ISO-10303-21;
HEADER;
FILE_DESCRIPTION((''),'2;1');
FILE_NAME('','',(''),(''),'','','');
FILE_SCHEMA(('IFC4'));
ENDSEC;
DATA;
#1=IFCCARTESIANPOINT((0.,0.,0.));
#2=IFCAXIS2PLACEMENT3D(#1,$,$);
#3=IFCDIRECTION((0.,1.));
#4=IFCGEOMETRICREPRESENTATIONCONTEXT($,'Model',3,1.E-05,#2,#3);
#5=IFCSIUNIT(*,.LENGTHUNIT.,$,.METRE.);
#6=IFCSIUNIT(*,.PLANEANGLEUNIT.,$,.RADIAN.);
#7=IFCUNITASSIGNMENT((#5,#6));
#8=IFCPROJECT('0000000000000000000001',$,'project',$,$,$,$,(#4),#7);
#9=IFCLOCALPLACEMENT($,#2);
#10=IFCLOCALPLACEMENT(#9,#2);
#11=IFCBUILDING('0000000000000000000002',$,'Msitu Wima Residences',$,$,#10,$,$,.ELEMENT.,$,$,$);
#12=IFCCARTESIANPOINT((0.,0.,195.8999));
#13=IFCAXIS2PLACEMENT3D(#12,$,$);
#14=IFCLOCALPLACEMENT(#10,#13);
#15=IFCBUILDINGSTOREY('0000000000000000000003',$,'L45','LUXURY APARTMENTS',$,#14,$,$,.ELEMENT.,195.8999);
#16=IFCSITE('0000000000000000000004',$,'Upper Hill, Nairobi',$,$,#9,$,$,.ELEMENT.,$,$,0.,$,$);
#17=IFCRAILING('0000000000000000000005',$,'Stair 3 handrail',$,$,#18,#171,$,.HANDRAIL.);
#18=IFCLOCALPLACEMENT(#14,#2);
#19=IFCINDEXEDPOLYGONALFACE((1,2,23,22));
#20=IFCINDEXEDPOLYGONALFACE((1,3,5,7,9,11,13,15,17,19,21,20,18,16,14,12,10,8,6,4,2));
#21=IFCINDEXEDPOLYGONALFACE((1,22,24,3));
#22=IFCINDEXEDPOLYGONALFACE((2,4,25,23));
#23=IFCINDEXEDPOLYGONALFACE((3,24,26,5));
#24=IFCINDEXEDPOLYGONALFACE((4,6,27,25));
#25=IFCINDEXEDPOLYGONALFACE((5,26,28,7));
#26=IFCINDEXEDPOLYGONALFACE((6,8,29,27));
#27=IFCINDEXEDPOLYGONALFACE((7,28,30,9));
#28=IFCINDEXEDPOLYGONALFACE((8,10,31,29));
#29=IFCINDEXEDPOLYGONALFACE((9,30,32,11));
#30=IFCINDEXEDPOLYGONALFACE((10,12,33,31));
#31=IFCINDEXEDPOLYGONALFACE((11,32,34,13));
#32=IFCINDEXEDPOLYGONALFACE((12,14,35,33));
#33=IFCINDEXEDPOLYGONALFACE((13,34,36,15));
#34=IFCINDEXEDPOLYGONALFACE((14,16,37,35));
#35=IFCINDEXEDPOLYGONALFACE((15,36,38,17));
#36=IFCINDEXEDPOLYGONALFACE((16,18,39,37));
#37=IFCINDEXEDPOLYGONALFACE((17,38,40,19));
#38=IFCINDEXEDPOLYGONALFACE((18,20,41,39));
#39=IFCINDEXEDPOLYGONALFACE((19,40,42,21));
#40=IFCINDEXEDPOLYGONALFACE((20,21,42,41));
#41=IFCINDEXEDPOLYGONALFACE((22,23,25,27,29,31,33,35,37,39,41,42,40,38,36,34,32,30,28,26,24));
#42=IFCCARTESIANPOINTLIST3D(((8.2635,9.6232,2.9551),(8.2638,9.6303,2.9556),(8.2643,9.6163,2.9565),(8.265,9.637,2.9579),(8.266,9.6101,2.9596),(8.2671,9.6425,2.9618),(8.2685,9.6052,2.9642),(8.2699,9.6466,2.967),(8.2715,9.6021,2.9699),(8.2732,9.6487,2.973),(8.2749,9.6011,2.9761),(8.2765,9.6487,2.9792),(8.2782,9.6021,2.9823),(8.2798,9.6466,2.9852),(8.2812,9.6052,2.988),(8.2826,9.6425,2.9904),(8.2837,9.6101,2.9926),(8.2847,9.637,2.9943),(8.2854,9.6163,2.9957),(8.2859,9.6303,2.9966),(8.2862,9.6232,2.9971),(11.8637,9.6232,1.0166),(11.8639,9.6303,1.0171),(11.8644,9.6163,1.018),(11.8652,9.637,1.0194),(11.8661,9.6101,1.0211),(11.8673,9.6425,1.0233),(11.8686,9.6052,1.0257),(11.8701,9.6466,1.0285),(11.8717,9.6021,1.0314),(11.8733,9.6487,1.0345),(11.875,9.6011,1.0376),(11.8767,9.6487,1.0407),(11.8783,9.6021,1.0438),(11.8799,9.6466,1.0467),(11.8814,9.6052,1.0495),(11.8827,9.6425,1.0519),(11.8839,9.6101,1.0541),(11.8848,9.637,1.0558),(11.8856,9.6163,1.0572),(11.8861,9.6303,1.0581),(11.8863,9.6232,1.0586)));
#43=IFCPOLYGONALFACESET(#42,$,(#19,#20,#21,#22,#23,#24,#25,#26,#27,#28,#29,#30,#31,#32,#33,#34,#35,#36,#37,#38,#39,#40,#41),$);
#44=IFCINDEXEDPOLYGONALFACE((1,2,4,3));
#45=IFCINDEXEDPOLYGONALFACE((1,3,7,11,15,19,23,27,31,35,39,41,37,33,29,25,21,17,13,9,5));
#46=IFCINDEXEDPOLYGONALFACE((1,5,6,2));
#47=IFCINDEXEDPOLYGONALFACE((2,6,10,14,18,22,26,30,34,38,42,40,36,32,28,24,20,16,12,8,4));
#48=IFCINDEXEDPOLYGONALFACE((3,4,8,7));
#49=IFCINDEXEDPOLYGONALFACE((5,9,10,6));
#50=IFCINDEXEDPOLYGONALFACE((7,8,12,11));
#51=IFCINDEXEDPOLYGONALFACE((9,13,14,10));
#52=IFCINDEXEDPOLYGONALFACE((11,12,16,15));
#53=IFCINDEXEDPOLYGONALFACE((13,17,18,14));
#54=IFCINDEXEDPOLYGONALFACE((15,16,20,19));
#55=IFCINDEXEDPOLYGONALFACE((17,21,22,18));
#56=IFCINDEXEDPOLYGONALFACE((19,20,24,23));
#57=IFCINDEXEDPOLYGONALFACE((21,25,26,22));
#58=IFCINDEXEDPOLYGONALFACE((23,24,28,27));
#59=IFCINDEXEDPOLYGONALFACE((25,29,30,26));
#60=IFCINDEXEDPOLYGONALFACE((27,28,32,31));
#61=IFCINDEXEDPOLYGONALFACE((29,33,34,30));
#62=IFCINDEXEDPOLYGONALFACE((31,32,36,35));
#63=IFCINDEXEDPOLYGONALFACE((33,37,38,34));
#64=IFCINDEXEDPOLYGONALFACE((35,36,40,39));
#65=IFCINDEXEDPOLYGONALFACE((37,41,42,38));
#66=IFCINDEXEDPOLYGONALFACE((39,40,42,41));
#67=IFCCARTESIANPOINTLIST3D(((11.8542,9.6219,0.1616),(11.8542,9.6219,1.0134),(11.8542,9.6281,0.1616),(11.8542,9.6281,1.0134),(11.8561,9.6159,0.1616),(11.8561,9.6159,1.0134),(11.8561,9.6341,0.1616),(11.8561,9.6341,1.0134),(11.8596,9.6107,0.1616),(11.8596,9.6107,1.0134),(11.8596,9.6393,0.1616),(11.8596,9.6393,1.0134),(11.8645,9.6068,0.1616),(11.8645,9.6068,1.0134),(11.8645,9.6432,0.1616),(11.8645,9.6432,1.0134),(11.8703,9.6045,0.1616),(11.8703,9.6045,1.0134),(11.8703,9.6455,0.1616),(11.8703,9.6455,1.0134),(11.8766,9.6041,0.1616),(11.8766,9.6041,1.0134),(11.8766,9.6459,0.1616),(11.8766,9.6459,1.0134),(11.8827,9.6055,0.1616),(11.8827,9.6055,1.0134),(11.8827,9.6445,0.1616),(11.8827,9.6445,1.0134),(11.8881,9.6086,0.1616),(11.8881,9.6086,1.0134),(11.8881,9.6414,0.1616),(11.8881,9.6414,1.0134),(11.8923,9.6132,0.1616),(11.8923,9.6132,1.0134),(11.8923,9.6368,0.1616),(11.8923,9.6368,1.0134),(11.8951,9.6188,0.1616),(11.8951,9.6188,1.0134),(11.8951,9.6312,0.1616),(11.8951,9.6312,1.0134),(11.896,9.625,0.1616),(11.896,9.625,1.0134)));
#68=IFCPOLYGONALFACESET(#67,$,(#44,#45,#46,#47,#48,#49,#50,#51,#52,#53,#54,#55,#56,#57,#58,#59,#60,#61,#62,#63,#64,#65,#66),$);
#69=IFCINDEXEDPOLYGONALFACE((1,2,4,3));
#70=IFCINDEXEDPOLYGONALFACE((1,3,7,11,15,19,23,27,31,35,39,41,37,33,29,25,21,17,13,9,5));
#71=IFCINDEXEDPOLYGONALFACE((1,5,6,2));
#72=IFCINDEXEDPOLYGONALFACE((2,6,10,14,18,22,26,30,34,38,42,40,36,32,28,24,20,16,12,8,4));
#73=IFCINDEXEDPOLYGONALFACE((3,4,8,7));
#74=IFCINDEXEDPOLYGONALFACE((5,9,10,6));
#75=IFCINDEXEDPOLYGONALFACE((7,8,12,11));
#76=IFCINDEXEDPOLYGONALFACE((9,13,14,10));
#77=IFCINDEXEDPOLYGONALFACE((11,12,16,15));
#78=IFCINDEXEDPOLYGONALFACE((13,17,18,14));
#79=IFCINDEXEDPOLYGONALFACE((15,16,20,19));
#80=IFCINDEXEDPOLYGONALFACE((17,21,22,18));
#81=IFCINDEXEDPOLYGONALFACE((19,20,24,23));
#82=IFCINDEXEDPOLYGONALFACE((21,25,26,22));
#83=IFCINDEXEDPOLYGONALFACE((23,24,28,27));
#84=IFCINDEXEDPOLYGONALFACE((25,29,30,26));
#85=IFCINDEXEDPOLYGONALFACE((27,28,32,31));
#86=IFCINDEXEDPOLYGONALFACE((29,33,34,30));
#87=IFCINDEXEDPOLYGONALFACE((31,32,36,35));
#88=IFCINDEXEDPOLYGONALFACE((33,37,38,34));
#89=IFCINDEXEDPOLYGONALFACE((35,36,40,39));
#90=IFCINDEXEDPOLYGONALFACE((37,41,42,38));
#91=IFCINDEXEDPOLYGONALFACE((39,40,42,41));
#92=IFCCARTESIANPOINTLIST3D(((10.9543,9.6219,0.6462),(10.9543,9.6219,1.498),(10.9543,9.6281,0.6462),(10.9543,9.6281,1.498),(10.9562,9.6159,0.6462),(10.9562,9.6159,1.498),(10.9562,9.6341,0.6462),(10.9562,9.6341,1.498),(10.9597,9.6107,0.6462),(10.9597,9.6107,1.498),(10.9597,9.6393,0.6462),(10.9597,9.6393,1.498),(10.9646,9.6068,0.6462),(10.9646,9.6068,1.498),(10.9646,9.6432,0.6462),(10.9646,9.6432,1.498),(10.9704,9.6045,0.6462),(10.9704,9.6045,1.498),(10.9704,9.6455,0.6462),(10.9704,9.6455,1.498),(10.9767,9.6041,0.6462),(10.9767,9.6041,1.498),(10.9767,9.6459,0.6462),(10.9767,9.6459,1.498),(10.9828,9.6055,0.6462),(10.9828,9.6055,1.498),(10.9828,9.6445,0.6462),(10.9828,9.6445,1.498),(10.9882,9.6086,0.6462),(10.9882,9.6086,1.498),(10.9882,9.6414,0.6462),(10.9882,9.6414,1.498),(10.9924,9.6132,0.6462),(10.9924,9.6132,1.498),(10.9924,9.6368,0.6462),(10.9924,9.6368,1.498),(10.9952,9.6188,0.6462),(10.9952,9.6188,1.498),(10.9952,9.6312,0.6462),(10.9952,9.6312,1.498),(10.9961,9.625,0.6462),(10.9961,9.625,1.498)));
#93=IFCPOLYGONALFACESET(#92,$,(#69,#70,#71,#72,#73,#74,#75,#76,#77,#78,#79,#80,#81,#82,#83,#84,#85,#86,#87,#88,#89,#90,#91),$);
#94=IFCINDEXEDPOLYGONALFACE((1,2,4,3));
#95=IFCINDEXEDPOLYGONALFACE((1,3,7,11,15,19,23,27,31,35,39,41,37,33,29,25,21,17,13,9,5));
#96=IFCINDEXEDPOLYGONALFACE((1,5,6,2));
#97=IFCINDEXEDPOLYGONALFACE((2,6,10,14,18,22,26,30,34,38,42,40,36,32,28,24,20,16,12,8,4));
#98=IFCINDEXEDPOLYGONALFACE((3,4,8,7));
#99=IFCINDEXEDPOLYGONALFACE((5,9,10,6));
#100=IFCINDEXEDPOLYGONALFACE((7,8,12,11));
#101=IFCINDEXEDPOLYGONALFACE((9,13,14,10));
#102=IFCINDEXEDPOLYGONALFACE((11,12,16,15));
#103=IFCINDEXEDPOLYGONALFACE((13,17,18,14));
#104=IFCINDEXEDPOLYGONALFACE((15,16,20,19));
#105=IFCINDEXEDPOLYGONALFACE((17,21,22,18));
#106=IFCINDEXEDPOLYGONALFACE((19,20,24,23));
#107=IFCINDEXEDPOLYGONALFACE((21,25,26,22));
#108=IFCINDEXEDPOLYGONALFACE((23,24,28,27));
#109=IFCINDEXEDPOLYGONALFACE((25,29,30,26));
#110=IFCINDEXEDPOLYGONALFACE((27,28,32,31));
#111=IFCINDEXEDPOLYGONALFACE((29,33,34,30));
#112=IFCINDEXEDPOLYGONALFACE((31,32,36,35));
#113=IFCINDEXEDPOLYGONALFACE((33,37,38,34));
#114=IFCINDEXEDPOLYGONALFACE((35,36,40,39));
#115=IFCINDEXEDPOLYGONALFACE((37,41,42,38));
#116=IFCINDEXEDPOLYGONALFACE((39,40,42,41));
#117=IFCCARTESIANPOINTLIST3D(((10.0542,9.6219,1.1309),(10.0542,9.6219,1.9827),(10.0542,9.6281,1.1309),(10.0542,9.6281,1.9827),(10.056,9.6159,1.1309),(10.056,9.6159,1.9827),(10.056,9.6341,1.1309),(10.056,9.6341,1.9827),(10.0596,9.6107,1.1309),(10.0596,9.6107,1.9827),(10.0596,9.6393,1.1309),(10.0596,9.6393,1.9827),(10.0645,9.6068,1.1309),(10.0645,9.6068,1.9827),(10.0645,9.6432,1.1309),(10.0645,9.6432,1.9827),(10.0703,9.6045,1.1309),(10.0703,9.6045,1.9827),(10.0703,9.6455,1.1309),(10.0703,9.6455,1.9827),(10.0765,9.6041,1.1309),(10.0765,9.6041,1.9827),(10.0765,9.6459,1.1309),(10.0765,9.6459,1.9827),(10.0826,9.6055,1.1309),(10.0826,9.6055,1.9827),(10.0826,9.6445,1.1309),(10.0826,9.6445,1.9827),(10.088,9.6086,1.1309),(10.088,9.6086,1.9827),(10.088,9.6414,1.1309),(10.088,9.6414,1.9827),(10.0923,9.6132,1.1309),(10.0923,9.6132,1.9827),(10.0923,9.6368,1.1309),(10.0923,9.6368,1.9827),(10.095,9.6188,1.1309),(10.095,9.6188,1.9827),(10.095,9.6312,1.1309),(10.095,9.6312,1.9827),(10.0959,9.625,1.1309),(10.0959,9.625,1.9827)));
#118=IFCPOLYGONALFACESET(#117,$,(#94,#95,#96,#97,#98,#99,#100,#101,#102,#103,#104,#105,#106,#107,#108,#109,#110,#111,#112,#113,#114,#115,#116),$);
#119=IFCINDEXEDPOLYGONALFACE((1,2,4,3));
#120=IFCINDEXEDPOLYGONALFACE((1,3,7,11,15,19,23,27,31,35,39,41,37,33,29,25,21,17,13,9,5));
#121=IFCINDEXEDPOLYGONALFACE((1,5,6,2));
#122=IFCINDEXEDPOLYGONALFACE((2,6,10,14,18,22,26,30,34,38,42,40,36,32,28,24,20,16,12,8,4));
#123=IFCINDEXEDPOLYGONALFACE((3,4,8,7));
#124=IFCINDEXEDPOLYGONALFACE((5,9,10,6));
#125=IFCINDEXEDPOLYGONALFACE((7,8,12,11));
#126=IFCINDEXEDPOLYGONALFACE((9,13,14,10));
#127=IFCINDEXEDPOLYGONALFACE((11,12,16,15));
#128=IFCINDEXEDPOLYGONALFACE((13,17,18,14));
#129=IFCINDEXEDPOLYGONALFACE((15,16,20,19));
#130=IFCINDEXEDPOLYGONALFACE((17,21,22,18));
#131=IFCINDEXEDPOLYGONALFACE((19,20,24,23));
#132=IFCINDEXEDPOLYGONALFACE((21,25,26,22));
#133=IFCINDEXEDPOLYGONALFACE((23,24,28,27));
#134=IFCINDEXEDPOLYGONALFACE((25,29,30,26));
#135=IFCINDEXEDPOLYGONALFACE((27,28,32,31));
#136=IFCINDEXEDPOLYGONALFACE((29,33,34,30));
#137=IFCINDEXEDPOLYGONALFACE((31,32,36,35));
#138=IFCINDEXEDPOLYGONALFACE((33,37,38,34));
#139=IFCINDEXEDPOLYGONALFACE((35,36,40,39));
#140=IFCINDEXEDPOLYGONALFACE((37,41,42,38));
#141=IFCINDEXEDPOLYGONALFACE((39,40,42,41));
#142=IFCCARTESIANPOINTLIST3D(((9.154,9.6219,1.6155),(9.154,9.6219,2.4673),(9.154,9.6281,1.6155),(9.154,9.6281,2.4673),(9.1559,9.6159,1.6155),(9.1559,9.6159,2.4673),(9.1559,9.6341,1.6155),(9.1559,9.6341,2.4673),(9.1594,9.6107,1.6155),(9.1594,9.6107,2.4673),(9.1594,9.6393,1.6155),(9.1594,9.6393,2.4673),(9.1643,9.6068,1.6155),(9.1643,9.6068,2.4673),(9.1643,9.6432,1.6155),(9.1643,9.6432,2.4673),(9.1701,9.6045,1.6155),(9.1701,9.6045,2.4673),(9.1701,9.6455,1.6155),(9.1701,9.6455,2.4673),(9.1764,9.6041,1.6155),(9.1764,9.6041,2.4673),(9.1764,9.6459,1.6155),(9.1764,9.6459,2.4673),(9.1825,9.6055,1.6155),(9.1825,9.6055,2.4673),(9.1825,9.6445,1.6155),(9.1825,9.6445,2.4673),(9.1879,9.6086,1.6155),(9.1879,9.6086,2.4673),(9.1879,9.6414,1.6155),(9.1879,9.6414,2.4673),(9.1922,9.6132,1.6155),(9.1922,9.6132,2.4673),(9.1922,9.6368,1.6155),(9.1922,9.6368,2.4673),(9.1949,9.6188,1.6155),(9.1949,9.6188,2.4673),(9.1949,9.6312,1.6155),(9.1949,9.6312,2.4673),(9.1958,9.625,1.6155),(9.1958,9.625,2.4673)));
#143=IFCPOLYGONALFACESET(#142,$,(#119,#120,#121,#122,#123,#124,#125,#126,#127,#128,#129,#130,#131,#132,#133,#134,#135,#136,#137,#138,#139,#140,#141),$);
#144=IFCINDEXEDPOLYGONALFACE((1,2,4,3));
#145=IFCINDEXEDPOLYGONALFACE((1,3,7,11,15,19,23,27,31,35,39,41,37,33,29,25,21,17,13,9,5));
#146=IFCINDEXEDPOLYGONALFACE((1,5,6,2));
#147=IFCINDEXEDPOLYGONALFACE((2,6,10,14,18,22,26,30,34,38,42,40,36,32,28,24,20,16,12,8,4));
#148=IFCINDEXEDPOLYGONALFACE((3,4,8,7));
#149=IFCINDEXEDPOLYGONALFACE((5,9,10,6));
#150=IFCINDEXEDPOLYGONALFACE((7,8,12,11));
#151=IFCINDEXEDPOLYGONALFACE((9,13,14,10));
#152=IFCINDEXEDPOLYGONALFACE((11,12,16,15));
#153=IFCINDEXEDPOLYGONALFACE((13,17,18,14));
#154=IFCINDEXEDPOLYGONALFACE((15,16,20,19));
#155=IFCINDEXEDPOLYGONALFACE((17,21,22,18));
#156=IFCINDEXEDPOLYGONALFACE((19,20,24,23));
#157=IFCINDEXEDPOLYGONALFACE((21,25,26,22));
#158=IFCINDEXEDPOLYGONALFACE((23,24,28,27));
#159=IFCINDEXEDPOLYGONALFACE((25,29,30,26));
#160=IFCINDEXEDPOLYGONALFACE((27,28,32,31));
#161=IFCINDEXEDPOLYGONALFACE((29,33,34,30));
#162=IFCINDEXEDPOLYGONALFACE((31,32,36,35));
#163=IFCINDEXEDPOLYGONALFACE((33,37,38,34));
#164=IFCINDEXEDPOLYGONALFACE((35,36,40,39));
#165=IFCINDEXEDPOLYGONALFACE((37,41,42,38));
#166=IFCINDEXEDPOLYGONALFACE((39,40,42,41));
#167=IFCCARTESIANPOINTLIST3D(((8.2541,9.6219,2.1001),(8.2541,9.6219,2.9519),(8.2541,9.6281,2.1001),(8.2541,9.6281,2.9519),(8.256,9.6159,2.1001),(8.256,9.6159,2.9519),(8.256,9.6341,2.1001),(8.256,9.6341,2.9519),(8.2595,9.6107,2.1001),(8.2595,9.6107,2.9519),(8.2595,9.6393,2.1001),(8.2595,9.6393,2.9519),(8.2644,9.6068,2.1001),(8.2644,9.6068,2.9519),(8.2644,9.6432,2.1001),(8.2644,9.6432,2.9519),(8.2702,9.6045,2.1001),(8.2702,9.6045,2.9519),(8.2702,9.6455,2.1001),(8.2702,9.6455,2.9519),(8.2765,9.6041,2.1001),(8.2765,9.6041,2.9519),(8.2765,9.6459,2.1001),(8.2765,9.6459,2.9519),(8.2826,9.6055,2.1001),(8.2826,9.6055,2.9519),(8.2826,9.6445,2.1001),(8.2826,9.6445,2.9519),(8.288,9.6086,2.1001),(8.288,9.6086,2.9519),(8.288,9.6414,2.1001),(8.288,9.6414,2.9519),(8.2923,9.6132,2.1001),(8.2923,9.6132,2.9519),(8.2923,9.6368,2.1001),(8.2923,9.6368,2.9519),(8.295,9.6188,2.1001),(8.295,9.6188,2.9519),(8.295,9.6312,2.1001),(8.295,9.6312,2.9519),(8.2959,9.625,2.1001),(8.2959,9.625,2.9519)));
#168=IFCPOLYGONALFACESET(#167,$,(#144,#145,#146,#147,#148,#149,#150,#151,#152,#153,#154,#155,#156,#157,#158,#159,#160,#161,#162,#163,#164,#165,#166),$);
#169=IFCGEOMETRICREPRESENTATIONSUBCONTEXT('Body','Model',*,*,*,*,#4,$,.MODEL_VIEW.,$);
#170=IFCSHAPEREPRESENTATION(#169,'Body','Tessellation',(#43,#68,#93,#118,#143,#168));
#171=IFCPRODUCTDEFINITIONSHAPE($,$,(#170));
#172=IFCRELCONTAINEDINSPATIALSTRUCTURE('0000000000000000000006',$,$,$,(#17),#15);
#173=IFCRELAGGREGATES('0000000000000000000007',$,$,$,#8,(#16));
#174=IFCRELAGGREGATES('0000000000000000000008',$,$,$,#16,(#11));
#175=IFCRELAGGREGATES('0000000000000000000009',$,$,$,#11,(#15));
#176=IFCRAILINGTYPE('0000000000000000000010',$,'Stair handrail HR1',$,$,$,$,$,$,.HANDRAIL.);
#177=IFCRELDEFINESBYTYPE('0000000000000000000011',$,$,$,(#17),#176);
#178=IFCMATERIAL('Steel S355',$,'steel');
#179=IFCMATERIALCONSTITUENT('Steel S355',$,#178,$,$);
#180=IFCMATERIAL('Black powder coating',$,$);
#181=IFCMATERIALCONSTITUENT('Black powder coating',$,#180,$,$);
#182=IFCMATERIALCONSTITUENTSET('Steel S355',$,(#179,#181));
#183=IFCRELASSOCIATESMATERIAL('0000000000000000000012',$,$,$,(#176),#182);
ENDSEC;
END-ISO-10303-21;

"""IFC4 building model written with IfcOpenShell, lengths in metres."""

from ifc_helpers import new_model, si_unit, direction, frame, origin, origin_2d, place, context, subcontext, project, spatial, circle, extrude, material, constituent, constituent_set, type_object, element, save


model = new_model("IFC4")

# Units and contexts
model_context = context("Model", 3, precision=1e-05, world=origin(), true_north=direction((0.0, 1.0)))
body_context = subcontext(model_context, "Body", "Model", "MODEL_VIEW")
ifc_project = project(units=[si_unit("LENGTHUNIT", "METRE"), si_unit("PLANEANGLEUNIT", "RADIAN")], contexts=[model_context])

# Site, building, storey
site_placement = place(None, origin())
site = spatial("IfcSite", under=ifc_project, at=site_placement, Name="Upper Hill, Nairobi", CompositionType="ELEMENT", RefElevation=0.0)
building_placement = place(site_placement, origin())
building = spatial("IfcBuilding", under=site, at=building_placement, Name="Msitu Wima Residences", CompositionType="ELEMENT")
storey_placement = place(building_placement, frame((0.0, 0.0, 195.8999)))
storey = spatial("IfcBuildingStorey", under=building, at=storey_placement, Name="L45", Description="LUXURY APARTMENTS", CompositionType="ELEMENT", Elevation=195.8999)

# Railing
ifc_material_1 = material(Name="Steel S355", Category="steel")
ifc_constituent_1 = constituent(ifc_material_1, Name="Steel S355")
ifc_material_2 = material(Name="Black powder coating")
ifc_constituent_2 = constituent(ifc_material_2, Name="Black powder coating")
ifc_constituent_set = constituent_set(constituents=[ifc_constituent_1, ifc_constituent_2], Name="Steel S355")
railing_type = type_object("IfcRailingType", Name="Stair handrail HR1", PredefinedType="HANDRAIL", material=ifc_constituent_set)
for number, where, name in (
    (1, (11.875, 9.625, 0.1616), "Stair 3 handrail"),
):
    element("IfcRailing", number, at=place(storey_placement, frame(where)), inside=storey, type_object=railing_type, Name=name, PredefinedType="HANDRAIL", context=body_context, shape_type="SweptSolid", body=[
        extrude(circle(Radius=0.0239, at=origin_2d()), frame((0.0, 0.0, 0.876), z_axis=(-0.880475, 0.0, 0.474093), x_axis=(0.0, -1.0, 0.0)), (0.0, 0.0, 1.0), 4.0889),
        extrude(circle(Radius=0.021, at=origin_2d()), origin(), (0.0, 0.0, 1.0), 0.8518),
        extrude(circle(Radius=0.021, at=origin_2d()), frame((-0.8999, 0.0, 0.4846)), (0.0, 0.0, 1.0), 0.8518),
        extrude(circle(Radius=0.021, at=origin_2d()), frame((-1.8, 0.0, 0.9692)), (0.0, 0.0, 1.0), 0.8518),
        extrude(circle(Radius=0.021, at=origin_2d()), frame((-2.7002, 0.0, 1.4539)), (0.0, 0.0, 1.0), 0.8518),
        extrude(circle(Radius=0.021, at=origin_2d()), frame((-3.6001, 0.0, 1.9385)), (0.0, 0.0, 1.0), 0.8518),
    ])

save(model, "model.ifc")
